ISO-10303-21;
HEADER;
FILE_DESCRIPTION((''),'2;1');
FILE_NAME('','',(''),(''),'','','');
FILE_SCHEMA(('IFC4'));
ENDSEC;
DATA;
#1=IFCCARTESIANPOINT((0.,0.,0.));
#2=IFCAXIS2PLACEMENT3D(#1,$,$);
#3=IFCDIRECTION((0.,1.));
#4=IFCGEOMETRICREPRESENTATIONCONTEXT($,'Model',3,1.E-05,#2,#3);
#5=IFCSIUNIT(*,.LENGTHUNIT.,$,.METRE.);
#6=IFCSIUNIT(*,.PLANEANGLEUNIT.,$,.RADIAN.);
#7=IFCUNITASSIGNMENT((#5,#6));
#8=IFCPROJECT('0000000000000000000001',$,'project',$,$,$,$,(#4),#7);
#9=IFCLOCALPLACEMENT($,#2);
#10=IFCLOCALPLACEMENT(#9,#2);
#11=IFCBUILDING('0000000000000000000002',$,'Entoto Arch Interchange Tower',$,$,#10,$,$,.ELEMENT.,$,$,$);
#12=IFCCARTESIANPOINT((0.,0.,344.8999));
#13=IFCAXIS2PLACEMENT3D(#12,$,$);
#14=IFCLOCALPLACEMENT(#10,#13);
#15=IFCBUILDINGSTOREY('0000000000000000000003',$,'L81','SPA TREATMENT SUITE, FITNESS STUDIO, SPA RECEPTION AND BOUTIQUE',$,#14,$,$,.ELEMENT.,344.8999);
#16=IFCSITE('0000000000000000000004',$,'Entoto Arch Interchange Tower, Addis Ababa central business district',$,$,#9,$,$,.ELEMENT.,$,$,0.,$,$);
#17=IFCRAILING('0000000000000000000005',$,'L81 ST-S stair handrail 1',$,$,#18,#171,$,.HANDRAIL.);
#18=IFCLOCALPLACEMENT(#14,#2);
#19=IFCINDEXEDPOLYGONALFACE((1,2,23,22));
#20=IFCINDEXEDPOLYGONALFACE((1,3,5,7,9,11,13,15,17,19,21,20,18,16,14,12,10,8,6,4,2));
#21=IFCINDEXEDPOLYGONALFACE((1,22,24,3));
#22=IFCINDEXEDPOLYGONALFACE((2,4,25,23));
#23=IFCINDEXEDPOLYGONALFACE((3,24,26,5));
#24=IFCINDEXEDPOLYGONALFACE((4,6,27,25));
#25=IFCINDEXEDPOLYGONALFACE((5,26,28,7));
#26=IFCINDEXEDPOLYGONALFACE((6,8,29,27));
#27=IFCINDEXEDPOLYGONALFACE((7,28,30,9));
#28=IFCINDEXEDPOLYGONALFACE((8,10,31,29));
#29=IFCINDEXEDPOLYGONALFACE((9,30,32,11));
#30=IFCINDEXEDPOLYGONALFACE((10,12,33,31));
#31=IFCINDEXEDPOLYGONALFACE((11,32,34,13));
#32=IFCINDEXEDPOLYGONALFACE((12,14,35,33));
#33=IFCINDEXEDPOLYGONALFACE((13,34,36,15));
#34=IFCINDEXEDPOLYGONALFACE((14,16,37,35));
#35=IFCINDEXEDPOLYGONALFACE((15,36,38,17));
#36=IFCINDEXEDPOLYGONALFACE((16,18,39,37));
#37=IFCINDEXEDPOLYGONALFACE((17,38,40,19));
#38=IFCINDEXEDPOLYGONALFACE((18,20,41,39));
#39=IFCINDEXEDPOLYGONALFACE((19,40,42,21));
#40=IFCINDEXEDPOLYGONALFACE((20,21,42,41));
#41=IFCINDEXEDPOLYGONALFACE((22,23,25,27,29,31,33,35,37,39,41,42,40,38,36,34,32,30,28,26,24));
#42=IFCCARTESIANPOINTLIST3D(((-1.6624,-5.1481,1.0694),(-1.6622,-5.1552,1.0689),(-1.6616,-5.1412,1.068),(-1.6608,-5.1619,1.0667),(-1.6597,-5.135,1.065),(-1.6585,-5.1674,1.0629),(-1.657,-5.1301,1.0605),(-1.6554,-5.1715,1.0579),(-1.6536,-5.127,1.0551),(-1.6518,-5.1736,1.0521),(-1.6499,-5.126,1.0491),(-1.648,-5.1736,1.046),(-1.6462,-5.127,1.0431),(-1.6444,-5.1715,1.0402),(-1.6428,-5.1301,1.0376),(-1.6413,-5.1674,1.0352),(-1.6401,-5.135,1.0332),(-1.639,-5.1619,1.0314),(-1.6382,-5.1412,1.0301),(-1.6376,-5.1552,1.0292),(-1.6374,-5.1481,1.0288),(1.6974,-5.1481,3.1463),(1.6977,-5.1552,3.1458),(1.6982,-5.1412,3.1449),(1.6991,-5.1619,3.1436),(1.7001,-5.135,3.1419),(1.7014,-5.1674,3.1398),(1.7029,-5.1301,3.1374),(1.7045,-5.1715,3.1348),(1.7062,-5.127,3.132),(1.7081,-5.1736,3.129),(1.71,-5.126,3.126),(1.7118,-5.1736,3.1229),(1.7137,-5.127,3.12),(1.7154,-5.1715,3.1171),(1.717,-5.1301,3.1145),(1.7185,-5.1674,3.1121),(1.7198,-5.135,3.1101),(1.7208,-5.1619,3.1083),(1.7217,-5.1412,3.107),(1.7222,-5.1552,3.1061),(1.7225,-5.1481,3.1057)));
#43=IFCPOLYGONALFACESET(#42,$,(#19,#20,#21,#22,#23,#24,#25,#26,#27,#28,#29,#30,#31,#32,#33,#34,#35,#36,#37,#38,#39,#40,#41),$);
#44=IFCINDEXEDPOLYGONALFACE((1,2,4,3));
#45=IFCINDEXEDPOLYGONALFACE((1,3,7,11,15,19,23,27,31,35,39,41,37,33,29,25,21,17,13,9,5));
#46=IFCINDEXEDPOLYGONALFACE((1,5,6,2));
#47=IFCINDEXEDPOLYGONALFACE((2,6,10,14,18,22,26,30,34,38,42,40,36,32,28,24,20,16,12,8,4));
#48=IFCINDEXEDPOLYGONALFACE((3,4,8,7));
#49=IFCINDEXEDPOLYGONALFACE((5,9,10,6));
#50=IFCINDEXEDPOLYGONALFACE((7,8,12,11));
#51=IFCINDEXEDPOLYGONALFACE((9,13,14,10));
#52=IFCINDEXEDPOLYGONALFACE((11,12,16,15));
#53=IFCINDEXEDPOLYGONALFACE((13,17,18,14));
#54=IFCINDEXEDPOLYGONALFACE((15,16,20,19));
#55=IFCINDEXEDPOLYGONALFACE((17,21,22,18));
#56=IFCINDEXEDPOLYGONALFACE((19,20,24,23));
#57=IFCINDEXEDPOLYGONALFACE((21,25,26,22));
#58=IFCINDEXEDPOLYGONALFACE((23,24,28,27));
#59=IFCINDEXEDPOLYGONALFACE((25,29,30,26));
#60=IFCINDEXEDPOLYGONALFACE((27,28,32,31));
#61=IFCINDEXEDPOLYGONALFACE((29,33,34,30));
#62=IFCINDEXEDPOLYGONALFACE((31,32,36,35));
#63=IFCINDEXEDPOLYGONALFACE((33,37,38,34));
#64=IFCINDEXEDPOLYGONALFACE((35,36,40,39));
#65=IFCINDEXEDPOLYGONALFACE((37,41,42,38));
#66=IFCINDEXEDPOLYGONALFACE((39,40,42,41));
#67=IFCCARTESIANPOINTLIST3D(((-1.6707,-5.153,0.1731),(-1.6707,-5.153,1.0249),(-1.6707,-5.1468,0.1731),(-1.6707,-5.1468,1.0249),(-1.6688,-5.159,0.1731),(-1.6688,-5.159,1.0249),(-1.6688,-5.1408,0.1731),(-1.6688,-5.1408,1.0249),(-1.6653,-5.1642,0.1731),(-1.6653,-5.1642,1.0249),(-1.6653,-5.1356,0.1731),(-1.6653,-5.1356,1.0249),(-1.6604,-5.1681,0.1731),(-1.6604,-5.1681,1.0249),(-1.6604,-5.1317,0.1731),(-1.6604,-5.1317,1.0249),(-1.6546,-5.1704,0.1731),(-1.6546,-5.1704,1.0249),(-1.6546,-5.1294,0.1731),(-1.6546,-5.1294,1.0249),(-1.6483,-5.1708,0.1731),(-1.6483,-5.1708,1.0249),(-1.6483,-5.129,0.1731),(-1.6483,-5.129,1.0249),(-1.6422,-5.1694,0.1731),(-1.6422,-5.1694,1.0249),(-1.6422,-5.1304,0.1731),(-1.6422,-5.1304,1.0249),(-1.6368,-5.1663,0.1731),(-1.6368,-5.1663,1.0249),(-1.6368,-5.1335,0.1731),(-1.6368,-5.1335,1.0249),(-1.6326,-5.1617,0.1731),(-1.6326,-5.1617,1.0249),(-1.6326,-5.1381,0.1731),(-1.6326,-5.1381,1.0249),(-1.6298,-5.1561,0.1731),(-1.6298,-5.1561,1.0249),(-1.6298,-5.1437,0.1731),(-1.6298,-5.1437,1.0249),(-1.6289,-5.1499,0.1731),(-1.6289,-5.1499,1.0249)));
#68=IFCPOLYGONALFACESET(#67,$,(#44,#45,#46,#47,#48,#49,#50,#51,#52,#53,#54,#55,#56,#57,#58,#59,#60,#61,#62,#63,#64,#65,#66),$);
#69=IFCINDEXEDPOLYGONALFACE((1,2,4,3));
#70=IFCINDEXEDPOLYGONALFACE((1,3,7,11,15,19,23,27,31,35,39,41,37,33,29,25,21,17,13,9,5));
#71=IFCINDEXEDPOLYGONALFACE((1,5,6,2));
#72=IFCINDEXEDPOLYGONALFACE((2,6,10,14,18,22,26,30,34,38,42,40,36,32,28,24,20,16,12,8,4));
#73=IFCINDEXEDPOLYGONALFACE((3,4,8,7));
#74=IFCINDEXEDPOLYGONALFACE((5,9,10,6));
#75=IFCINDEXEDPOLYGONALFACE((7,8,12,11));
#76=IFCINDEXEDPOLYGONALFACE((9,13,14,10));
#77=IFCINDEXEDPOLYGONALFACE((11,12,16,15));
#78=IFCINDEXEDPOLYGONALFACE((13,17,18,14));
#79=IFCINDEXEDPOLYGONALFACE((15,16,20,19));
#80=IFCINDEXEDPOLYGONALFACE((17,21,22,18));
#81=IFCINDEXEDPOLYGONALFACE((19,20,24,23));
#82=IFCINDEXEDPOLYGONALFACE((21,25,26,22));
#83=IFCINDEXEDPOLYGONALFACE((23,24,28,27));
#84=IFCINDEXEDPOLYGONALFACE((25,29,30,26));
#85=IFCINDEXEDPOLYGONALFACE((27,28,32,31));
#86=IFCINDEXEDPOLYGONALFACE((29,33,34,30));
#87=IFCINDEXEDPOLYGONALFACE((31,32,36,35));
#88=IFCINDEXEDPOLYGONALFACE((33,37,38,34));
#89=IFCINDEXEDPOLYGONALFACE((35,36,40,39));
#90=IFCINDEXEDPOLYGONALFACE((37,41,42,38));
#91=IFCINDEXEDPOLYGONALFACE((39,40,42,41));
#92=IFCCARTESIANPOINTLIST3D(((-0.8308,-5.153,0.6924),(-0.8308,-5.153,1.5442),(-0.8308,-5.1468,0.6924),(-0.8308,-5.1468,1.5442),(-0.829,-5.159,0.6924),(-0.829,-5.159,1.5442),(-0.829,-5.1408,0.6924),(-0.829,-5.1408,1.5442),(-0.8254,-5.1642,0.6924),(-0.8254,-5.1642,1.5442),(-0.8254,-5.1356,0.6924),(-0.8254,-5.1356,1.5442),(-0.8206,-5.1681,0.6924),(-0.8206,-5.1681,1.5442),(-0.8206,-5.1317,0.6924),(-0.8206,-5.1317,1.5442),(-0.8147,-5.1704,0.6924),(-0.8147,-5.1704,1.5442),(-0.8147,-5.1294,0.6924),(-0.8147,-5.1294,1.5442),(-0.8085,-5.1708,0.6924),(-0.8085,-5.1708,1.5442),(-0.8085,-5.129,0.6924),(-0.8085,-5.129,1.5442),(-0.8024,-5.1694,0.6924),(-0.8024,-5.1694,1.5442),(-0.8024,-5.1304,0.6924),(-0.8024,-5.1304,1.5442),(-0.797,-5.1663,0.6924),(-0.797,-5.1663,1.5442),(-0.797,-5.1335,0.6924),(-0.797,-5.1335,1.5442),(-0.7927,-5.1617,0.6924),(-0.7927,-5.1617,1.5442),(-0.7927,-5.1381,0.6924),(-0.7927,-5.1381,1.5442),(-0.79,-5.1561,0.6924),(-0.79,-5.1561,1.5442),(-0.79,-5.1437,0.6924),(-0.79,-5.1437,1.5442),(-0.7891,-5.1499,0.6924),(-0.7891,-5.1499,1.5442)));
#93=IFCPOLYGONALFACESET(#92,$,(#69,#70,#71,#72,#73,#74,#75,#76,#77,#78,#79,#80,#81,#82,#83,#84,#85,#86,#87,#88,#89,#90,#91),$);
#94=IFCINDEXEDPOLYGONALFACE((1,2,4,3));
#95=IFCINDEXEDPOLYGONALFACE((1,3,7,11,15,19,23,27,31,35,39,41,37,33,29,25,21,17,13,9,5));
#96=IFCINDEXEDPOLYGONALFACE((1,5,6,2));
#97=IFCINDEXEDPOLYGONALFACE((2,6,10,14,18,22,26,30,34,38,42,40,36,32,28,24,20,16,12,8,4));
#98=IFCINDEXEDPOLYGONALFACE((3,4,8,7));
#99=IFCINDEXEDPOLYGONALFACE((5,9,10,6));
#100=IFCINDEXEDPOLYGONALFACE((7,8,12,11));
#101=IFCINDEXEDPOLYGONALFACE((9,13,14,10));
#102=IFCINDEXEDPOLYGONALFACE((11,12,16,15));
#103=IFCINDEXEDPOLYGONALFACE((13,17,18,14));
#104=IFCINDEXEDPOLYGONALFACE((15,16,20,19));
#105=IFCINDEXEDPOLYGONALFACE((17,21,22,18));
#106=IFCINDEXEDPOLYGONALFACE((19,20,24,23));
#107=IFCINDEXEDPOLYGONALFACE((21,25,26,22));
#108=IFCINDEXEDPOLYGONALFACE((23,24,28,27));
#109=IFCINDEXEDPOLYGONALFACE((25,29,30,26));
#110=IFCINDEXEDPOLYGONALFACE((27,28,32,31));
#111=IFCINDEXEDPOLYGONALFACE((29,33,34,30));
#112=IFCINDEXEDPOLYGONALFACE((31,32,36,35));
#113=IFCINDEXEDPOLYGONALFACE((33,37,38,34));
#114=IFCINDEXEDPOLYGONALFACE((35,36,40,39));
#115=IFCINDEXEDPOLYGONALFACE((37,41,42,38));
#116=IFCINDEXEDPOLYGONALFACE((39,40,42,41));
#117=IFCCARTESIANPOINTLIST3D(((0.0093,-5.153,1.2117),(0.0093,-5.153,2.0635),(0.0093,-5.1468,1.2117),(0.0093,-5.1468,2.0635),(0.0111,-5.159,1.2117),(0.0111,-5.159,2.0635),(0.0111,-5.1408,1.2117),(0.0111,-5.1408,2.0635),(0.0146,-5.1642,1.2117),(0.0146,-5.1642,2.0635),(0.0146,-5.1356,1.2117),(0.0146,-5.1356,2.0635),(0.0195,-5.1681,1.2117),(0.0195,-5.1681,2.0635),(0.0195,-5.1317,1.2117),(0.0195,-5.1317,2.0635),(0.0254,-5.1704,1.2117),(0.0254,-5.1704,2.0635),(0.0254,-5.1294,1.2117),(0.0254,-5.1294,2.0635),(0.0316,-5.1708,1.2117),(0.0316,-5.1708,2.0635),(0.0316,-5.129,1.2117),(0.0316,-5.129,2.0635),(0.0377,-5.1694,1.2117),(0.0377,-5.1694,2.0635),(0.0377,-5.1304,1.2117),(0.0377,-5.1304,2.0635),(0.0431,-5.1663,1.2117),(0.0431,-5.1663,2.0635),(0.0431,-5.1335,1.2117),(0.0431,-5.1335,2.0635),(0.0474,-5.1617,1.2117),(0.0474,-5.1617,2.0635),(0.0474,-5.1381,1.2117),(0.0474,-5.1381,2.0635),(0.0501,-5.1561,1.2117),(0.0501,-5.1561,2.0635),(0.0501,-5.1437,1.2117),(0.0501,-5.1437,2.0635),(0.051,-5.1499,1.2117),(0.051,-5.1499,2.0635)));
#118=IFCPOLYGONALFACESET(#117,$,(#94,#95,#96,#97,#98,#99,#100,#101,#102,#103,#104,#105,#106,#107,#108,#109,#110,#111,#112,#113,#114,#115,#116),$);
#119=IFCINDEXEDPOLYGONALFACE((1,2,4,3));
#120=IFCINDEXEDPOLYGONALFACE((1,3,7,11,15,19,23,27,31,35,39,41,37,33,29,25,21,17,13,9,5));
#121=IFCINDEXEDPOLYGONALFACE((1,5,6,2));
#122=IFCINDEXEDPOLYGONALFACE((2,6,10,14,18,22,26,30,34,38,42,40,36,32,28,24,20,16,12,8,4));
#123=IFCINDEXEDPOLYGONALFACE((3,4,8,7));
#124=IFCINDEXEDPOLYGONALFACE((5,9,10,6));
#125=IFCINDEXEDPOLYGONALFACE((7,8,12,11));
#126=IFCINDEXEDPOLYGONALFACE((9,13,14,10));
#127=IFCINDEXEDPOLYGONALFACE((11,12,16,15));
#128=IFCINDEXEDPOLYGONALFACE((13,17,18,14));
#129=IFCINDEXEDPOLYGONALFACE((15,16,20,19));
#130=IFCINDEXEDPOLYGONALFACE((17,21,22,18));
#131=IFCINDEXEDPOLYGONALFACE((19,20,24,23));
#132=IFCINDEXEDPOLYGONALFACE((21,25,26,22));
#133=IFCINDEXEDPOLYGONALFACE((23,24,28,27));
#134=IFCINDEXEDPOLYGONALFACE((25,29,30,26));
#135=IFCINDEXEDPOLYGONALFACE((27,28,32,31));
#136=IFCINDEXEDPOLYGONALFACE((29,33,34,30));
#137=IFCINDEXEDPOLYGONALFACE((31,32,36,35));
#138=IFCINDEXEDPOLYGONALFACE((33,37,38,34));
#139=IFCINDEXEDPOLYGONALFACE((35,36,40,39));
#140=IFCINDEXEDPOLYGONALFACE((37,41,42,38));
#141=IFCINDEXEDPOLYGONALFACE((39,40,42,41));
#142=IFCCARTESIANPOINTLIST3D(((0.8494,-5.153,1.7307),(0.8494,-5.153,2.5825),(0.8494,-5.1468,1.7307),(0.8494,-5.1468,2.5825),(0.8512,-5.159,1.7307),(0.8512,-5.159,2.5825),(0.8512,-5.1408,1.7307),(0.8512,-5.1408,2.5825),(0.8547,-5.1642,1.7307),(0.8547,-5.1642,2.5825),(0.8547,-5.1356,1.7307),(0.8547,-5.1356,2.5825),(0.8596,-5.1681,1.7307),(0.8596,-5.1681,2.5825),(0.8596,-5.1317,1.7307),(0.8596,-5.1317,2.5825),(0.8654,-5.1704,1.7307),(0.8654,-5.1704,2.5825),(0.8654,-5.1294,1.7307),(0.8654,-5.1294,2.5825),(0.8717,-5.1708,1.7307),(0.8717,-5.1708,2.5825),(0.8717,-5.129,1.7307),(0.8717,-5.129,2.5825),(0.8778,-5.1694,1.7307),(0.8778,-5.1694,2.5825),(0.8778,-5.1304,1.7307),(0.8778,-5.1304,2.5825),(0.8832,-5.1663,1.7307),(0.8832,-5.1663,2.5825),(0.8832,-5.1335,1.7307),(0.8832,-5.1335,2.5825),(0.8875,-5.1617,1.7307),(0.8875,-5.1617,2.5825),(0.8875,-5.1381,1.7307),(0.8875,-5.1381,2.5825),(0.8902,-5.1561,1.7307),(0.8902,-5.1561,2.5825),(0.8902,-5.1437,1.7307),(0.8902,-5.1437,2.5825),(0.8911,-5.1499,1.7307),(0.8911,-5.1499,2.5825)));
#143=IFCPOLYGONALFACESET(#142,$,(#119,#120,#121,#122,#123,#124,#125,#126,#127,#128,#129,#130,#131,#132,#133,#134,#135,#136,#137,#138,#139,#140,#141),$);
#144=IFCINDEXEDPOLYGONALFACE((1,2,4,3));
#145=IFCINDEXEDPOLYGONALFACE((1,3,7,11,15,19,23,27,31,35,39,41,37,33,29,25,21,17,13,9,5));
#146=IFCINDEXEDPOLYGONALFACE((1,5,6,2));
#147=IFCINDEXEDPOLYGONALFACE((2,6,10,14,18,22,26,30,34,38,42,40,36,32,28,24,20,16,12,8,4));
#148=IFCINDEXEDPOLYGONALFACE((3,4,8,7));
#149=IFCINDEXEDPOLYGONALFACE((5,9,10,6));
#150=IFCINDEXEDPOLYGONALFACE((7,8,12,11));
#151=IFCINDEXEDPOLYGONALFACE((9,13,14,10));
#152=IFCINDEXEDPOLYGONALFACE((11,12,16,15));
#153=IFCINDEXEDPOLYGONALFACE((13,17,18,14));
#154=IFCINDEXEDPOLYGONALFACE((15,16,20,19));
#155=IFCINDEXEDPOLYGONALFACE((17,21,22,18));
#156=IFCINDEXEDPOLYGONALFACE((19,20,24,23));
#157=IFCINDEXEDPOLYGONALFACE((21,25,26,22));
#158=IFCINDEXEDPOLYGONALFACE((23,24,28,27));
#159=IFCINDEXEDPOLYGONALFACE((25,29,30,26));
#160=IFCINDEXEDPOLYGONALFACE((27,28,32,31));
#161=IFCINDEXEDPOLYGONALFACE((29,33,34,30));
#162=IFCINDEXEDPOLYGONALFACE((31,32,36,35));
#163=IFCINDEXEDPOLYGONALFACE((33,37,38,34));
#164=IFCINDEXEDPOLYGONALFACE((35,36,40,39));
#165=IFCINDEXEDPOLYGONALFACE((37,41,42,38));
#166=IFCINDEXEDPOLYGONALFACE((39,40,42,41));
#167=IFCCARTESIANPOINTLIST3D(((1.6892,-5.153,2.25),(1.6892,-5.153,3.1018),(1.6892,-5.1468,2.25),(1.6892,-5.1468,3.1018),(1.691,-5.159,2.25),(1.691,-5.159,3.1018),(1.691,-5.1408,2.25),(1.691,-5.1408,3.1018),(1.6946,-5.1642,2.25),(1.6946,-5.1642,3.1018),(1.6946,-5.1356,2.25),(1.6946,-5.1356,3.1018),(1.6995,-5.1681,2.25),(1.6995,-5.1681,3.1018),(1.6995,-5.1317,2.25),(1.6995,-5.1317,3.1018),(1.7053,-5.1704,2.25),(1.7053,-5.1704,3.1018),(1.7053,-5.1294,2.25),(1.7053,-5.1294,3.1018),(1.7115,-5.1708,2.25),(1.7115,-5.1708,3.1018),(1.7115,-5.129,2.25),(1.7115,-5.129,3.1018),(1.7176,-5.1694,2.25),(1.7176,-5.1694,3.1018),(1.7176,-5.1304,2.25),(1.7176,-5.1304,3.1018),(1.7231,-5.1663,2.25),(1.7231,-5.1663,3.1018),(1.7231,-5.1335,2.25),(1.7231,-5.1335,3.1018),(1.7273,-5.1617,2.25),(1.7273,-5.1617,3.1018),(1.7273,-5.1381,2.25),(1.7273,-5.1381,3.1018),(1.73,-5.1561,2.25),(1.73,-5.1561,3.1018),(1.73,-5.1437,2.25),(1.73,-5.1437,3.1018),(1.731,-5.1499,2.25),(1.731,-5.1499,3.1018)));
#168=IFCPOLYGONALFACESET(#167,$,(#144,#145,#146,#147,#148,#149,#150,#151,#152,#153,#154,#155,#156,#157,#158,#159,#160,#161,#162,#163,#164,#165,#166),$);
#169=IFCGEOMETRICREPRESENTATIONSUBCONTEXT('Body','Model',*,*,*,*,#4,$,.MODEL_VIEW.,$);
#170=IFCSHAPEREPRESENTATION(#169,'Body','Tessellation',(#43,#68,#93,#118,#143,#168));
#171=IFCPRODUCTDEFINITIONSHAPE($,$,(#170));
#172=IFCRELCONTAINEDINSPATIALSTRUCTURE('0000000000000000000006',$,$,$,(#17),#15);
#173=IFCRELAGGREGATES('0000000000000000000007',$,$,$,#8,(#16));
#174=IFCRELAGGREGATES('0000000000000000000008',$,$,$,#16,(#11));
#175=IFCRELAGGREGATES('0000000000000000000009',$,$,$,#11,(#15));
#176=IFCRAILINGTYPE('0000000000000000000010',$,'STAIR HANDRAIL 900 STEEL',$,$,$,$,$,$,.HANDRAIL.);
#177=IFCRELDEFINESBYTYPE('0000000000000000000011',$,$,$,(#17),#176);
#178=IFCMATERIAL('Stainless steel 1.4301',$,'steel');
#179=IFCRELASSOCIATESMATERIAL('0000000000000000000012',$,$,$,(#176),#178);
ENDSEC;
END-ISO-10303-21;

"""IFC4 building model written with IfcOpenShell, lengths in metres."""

from ifc_helpers import new_model, si_unit, direction, frame, origin, origin_2d, place, context, subcontext, project, spatial, circle, extrude, material, type_object, element, save


model = new_model("IFC4")

# Units and contexts
model_context = context("Model", 3, precision=1e-05, world=origin(), true_north=direction((0.0, 1.0)))
body_context = subcontext(model_context, "Body", "Model", "MODEL_VIEW")
ifc_project = project(units=[si_unit("LENGTHUNIT", "METRE"), si_unit("PLANEANGLEUNIT", "RADIAN")], contexts=[model_context])

# Site, building, storey
site_placement = place(None, origin())
site = spatial("IfcSite", under=ifc_project, at=site_placement, Name="Entoto Arch Interchange Tower, Addis Ababa central business district", CompositionType="ELEMENT", RefElevation=0.0)
building_placement = place(site_placement, origin())
building = spatial("IfcBuilding", under=site, at=building_placement, Name="Entoto Arch Interchange Tower", CompositionType="ELEMENT")
storey_placement = place(building_placement, frame((0.0, 0.0, 344.8999)))
storey = spatial("IfcBuildingStorey", under=building, at=storey_placement, Name="L81", Description="SPA TREATMENT SUITE, FITNESS STUDIO, SPA RECEPTION AND BOUTIQUE", CompositionType="ELEMENT", Elevation=344.8999)

# Railing
ifc_material_1 = material(Name="Stainless steel 1.4301", Category="steel")
railing_type_1 = type_object("IfcRailingType", Name="STAIR HANDRAIL 900 STEEL", PredefinedType="HANDRAIL", material=ifc_material_1)
railing_1_placement = place(storey_placement, frame((-1.6499, -5.1499, 0.1731)))
element("IfcRailing", 1, at=railing_1_placement, inside=storey, type_object=railing_type_1, Name="L81 ST-S stair handrail 1", PredefinedType="HANDRAIL", context=body_context, shape_type="SweptSolid", body=[
    extrude(circle(Radius=0.0239, at=origin_2d()), frame((0.0, 0.0, 0.876), z_axis=(0.850606, 0.0, 0.525803), x_axis=(0.0, 1.0, 0.0)), (0.0, 0.0, 1.0), 3.95),
    extrude(circle(Radius=0.021, at=origin_2d()), origin(), (0.0, 0.0, 1.0), 0.8518),
    extrude(circle(Radius=0.021, at=origin_2d()), frame((0.8398, 0.0, 0.5193)), (0.0, 0.0, 1.0), 0.8518),
    extrude(circle(Radius=0.021, at=origin_2d()), frame((1.6799, 0.0, 1.0386)), (0.0, 0.0, 1.0), 0.8518),
    extrude(circle(Radius=0.021, at=origin_2d()), frame((2.52, 0.0, 1.5576)), (0.0, 0.0, 1.0), 0.8518),
    extrude(circle(Radius=0.021, at=origin_2d()), frame((3.3599, 0.0, 2.0769)), (0.0, 0.0, 1.0), 0.8518),
])

save(model, "model.ifc")
